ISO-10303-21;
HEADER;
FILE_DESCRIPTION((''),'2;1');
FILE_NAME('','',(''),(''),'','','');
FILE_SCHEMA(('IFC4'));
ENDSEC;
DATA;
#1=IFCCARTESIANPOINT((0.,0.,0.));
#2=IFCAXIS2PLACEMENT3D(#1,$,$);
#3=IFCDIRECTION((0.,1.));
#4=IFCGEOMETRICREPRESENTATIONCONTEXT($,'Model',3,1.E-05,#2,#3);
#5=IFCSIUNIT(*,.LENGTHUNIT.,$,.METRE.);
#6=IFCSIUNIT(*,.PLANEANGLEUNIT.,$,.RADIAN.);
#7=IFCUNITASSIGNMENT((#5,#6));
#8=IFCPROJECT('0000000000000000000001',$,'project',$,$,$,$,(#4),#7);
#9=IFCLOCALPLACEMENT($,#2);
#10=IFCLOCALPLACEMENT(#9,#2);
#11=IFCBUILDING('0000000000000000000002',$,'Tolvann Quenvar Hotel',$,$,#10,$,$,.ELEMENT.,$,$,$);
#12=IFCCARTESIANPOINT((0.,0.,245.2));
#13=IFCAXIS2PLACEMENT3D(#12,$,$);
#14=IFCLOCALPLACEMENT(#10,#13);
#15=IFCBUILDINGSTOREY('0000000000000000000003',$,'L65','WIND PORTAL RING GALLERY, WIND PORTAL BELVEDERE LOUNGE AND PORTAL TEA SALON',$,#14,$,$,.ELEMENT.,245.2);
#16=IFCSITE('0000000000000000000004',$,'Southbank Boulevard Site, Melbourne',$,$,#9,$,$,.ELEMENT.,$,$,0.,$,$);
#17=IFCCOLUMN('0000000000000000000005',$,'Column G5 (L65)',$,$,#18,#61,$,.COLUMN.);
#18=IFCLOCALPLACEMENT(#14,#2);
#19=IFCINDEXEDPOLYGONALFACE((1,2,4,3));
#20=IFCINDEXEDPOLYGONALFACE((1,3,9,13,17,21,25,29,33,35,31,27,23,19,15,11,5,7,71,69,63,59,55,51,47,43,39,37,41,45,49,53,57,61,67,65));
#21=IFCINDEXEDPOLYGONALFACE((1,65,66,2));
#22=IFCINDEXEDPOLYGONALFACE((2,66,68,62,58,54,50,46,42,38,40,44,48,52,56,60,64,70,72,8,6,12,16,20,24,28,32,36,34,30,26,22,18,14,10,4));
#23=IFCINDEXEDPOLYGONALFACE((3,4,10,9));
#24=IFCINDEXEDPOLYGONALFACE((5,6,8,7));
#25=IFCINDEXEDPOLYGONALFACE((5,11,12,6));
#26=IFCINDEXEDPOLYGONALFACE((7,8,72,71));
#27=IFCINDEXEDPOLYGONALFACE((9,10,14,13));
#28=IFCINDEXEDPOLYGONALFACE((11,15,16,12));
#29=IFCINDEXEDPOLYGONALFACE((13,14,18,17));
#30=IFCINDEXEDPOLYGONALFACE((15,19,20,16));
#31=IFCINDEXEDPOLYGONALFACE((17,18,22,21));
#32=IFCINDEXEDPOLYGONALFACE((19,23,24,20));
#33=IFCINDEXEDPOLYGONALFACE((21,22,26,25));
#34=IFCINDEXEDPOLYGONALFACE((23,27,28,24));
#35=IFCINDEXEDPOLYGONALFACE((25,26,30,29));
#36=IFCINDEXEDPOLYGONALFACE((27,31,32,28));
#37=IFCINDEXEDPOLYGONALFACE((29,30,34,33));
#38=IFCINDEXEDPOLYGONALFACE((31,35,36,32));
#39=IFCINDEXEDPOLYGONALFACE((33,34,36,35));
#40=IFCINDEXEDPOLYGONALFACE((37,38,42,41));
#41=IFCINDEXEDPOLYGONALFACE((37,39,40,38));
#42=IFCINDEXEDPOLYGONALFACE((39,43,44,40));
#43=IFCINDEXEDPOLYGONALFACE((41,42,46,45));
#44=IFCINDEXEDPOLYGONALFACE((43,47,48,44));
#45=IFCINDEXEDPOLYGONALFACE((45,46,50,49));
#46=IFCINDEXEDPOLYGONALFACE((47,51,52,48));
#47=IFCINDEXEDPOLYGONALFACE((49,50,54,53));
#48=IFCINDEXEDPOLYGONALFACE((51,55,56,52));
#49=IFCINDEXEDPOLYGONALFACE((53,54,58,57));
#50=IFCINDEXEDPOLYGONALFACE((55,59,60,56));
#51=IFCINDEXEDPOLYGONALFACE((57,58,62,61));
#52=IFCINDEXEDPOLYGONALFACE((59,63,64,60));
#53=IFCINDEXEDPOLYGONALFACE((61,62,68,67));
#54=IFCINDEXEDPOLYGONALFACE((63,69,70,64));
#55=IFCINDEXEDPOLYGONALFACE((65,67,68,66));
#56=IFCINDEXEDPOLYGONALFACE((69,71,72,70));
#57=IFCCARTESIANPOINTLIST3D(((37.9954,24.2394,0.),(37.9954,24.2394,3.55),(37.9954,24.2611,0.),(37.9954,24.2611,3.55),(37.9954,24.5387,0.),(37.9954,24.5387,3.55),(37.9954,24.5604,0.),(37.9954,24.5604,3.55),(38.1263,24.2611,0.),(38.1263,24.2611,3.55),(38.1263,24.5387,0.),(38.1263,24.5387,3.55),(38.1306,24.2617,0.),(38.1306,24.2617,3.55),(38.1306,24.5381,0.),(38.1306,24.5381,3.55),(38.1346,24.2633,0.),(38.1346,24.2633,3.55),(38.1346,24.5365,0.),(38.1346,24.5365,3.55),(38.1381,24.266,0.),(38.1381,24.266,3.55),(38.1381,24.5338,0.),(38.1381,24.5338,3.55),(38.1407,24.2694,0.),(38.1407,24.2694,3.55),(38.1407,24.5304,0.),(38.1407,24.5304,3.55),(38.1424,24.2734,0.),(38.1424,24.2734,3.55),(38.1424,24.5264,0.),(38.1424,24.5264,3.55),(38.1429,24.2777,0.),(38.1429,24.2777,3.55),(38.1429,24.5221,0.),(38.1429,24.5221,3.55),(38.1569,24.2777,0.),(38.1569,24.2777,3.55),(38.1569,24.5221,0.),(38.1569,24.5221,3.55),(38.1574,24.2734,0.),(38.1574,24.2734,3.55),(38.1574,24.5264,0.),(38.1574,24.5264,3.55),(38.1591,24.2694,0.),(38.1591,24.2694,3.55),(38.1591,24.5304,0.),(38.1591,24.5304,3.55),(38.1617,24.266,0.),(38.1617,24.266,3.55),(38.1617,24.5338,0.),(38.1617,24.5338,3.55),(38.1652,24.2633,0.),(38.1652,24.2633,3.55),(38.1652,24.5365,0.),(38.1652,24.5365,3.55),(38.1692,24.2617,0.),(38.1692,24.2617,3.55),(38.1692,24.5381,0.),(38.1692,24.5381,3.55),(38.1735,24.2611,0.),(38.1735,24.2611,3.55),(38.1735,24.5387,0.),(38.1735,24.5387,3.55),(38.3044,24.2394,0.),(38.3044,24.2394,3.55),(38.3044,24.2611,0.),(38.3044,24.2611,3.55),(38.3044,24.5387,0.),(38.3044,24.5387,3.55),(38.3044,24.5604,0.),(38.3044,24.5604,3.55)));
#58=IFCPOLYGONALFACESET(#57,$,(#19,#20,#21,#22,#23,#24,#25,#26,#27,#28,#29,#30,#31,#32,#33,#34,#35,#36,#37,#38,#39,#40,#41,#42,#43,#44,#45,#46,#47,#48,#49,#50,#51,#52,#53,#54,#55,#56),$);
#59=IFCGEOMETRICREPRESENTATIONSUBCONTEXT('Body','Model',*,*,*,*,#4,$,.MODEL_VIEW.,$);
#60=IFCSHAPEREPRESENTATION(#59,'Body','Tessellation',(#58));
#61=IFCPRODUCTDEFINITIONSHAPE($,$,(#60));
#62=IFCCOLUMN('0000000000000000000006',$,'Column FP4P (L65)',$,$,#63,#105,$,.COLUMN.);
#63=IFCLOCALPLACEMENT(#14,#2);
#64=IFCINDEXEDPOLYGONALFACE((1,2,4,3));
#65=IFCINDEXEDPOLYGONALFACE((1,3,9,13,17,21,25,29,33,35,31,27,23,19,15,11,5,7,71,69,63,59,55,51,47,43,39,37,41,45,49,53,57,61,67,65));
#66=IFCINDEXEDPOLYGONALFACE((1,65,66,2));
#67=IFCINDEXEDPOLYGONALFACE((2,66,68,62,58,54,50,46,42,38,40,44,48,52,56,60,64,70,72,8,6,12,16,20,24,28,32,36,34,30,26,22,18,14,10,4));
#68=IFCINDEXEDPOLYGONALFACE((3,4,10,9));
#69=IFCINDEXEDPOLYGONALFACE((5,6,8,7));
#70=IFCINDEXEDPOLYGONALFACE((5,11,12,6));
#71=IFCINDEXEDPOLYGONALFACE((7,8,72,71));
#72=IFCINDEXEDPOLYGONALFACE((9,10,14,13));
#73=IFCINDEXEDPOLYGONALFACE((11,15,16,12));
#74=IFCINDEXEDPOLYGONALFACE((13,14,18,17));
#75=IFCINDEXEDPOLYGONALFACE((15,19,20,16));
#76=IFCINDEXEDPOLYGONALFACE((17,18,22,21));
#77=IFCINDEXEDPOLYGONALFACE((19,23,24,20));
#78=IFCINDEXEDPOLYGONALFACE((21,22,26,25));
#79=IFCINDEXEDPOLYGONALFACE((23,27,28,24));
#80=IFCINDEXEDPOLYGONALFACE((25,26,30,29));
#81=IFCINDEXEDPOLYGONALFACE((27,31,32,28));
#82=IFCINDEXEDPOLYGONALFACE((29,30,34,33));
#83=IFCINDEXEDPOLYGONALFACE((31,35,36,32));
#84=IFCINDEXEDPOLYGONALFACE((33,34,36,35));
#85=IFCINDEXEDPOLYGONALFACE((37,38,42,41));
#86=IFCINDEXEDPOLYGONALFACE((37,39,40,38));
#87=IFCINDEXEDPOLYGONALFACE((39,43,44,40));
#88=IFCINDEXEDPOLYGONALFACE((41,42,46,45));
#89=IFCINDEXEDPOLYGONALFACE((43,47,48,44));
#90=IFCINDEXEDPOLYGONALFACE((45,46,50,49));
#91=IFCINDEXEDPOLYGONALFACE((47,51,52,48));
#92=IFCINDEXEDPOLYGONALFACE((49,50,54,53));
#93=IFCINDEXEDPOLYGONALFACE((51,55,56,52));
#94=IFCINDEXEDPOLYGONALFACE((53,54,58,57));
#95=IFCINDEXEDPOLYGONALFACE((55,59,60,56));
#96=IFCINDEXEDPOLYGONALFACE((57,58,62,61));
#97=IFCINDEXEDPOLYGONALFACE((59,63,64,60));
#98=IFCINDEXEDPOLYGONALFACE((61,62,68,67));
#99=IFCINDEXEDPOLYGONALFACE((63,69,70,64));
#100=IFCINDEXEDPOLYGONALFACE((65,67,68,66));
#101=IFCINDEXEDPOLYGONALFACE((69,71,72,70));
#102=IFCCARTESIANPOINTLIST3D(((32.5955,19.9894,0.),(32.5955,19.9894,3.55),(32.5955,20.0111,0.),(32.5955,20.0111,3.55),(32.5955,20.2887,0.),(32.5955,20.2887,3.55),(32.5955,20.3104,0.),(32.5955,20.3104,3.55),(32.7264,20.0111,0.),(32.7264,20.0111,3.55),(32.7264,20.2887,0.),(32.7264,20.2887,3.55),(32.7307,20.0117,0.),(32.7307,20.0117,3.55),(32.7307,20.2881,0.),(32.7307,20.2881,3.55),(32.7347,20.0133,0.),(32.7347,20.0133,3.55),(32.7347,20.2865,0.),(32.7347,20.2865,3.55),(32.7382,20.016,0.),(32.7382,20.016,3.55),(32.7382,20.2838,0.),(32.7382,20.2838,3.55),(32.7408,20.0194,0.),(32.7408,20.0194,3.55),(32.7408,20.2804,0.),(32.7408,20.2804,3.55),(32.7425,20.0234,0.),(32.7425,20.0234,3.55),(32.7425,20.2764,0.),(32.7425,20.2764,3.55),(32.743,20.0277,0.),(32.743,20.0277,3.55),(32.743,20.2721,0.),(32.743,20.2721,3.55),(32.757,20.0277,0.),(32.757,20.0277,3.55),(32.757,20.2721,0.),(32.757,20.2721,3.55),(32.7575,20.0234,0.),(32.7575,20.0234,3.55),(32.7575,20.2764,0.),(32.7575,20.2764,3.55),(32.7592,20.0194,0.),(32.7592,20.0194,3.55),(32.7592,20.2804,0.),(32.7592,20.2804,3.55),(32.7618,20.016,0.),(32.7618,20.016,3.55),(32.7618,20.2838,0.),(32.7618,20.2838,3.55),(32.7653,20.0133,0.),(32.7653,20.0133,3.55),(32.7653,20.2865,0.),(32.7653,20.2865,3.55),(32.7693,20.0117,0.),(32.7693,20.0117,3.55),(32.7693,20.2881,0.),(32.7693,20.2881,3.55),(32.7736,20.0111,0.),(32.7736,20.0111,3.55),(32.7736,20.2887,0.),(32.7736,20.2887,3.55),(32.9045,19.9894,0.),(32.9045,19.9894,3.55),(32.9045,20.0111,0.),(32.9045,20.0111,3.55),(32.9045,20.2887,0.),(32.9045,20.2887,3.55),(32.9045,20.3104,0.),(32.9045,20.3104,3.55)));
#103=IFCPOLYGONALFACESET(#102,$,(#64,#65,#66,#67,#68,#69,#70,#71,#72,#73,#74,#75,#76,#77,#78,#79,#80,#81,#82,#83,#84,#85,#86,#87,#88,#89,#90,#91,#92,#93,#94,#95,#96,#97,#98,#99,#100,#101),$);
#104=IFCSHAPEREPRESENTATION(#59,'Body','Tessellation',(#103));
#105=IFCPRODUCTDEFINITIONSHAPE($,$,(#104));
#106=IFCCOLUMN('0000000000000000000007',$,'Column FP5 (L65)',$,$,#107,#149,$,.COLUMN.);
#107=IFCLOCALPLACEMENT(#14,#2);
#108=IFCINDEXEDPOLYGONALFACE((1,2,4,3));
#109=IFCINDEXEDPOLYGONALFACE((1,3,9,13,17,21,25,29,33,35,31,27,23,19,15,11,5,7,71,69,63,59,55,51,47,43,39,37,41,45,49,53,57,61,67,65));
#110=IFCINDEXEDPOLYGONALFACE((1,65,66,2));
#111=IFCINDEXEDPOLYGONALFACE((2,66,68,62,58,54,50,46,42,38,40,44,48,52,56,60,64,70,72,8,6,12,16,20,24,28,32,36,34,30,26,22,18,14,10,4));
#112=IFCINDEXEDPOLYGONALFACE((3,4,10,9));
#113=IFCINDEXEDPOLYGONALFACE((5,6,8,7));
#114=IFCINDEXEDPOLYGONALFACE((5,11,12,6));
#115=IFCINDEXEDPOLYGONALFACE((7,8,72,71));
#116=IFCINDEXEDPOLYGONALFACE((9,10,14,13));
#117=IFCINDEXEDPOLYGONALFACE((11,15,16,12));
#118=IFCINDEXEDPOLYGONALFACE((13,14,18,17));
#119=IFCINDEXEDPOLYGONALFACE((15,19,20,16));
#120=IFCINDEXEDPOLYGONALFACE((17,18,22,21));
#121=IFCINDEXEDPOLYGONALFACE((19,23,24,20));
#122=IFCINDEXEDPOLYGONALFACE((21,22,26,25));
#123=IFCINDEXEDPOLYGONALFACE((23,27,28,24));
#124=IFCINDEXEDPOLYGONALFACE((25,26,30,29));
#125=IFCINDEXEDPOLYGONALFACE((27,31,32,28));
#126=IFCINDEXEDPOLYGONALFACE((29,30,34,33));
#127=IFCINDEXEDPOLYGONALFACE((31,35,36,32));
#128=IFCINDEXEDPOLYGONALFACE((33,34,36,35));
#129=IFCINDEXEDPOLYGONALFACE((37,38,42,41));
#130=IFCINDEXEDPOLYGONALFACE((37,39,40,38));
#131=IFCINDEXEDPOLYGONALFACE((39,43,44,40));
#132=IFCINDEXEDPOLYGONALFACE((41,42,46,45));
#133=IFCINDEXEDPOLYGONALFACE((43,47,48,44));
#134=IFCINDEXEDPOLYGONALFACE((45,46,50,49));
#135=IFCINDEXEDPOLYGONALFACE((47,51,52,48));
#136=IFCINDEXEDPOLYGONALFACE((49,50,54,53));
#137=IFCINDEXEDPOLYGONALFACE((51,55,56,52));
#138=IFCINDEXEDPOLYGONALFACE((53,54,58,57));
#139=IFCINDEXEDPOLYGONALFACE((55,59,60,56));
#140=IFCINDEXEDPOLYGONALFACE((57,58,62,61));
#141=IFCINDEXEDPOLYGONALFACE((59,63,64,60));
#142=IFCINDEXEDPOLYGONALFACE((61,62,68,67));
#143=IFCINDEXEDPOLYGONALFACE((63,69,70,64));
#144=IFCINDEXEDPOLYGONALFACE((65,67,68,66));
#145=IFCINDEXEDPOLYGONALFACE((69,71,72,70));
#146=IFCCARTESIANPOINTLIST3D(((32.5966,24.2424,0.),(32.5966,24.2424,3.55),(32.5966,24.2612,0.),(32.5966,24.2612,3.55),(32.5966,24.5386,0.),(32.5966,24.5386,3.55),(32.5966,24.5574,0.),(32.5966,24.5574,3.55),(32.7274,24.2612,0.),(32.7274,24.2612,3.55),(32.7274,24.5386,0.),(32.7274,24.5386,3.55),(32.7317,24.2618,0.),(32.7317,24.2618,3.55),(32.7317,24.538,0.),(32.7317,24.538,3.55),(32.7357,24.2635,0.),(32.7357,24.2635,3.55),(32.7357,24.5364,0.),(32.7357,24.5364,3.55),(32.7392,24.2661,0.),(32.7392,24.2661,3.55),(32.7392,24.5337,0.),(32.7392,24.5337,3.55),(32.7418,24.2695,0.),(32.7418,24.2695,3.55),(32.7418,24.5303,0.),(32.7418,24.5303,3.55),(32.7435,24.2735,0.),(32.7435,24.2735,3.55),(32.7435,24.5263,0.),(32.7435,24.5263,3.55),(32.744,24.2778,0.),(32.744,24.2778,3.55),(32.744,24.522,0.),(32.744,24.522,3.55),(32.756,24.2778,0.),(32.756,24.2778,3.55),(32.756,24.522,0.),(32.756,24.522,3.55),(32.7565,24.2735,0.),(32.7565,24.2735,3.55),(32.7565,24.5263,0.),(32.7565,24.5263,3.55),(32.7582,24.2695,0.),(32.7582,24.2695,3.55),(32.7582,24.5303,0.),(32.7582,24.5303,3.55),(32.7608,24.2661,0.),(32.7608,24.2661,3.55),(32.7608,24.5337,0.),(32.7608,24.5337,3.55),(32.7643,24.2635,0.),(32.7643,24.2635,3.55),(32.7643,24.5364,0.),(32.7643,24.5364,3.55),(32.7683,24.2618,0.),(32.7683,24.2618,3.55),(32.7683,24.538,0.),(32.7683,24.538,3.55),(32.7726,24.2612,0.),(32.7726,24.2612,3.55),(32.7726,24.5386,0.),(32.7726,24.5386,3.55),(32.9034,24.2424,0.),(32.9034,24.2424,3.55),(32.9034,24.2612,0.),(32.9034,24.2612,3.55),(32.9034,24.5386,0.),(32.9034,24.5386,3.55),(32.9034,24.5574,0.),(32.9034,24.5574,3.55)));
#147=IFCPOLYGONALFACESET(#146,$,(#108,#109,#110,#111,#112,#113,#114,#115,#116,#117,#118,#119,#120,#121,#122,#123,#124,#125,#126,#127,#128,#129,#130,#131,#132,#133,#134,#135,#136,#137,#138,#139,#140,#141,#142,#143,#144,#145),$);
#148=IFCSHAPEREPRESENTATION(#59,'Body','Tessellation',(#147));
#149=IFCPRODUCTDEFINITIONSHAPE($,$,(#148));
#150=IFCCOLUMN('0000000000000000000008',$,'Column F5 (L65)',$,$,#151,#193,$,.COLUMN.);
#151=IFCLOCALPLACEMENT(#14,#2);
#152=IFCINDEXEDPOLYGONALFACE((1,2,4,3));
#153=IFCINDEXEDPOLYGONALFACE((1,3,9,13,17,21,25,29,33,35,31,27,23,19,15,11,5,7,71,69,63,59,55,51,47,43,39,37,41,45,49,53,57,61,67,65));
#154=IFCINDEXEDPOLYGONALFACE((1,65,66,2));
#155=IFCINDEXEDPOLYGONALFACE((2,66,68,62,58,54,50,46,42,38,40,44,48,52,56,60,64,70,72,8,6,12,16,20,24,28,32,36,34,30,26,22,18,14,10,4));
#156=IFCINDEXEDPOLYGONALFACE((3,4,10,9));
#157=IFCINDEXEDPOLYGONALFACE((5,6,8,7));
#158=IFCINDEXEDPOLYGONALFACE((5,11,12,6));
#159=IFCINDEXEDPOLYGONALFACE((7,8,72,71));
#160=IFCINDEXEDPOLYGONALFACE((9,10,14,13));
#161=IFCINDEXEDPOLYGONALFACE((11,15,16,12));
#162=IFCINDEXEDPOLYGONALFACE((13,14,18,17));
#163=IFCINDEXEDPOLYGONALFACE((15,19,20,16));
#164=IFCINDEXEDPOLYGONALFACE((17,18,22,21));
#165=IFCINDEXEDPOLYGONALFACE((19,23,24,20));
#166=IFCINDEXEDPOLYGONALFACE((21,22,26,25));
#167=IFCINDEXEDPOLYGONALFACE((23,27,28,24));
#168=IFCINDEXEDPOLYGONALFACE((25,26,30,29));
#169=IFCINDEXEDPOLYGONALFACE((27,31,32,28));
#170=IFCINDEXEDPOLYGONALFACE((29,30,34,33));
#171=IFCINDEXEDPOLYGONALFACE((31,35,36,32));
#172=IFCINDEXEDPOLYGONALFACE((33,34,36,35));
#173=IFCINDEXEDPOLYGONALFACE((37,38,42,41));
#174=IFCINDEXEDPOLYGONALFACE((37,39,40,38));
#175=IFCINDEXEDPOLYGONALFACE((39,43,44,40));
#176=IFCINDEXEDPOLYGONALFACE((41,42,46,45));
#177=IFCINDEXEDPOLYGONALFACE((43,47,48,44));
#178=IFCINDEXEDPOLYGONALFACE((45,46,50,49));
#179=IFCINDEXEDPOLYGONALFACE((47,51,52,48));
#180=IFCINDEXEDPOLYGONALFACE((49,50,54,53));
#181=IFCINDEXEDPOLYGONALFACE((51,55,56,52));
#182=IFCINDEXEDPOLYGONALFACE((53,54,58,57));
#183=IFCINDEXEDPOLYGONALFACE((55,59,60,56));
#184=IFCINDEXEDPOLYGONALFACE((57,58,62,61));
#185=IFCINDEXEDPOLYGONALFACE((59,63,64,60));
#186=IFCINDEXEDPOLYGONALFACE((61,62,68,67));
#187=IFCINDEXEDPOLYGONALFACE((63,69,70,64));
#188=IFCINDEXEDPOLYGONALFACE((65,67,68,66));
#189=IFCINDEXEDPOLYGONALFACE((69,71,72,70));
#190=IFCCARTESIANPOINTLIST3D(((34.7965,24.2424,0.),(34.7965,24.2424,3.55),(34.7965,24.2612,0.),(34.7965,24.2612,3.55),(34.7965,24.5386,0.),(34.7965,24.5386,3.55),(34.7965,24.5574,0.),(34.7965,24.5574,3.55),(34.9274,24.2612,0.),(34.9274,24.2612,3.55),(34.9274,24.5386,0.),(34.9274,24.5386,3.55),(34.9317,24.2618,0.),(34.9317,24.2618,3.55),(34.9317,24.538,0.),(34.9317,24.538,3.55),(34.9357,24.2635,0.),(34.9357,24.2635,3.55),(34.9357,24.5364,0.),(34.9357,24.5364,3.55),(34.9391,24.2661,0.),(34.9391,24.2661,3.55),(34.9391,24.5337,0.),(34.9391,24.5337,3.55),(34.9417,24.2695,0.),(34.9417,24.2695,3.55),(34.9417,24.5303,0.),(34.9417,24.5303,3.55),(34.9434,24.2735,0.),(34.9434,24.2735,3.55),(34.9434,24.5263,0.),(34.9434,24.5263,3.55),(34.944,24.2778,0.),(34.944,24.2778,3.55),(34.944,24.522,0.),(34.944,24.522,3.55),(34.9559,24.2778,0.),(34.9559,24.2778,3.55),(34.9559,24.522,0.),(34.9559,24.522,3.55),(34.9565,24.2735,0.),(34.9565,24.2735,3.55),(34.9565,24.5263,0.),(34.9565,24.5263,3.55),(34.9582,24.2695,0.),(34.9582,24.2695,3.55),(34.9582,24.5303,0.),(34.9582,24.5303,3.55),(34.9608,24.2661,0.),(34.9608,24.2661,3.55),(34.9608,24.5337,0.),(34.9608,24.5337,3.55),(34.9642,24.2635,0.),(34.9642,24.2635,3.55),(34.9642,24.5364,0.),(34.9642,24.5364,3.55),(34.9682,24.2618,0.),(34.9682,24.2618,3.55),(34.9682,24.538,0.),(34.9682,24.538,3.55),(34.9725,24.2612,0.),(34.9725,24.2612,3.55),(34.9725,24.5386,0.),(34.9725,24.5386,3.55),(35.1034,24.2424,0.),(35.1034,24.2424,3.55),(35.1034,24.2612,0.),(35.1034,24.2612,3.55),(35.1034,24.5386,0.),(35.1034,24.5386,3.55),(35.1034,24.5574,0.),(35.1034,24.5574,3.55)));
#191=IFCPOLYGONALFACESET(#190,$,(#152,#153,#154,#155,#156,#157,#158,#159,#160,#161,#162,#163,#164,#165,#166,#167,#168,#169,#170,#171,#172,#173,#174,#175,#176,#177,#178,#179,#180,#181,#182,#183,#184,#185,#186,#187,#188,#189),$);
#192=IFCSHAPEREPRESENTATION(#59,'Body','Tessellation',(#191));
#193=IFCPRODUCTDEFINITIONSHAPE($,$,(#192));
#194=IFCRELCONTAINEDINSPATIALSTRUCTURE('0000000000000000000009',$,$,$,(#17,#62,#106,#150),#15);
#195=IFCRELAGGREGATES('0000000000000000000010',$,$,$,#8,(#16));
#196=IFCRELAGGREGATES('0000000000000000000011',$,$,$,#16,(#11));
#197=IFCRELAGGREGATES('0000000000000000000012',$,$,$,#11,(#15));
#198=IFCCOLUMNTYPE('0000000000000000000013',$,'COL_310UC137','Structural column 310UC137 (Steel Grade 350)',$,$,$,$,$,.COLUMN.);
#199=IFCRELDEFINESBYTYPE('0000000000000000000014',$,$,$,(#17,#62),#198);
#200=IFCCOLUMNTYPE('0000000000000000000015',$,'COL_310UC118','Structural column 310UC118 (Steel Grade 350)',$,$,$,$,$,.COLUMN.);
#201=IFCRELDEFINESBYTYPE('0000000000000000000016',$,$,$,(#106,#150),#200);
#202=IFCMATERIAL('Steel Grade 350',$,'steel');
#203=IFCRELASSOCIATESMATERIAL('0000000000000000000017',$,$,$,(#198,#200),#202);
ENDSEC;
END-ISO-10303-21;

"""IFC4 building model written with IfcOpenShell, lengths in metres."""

from ifc_helpers import new_model, si_unit, direction, frame, origin, origin_2d, place, context, subcontext, project, spatial, i_section, extrude, source, transform, mapped, material, material_profile, profile_set, type_object, type_shapes, element, save


model = new_model("IFC4")

# Units and contexts
model_context = context("Model", 3, precision=1e-05, world=origin(), true_north=direction((0.0, 1.0)))
body_context = subcontext(model_context, "Body", "Model", "MODEL_VIEW")
ifc_project = project(units=[si_unit("LENGTHUNIT", "METRE"), si_unit("PLANEANGLEUNIT", "RADIAN")], contexts=[model_context])

# Site, building, storey
site_placement = place(None, origin())
site = spatial("IfcSite", under=ifc_project, at=site_placement, Name="Southbank Boulevard Site, Melbourne", CompositionType="ELEMENT", RefElevation=0.0)
building_placement = place(site_placement, origin())
building = spatial("IfcBuilding", under=site, at=building_placement, Name="Tolvann Quenvar Hotel", CompositionType="ELEMENT")
storey_placement = place(building_placement, frame((0.0, 0.0, 245.2)))
storey = spatial("IfcBuildingStorey", under=building, at=storey_placement, Name="L65", Description="WIND PORTAL RING GALLERY, WIND PORTAL BELVEDERE LOUNGE AND PORTAL TEA SALON", CompositionType="ELEMENT", Elevation=245.2)

# Columns
ifc_material_1 = material(Name="Steel Grade 350", Category="steel")
ifc_material_profile_1 = material_profile(ifc_material_1, i_section(OverallWidth=0.3091, OverallDepth=0.321, WebThickness=0.0139, FlangeThickness=0.0217, FilletRadius=0.0166, at=origin_2d()), Name="310UC137")
ifc_profile_set_1 = profile_set([ifc_material_profile_1], Name="Steel Grade 350")
column_type_1 = type_object("IfcColumnType", Name="COL_310UC137", Description="Structural column 310UC137 (Steel Grade 350)", PredefinedType="COLUMN", material=ifc_profile_set_1)
shared_shape_1 = source(origin(), body_context, "Body", "SweptSolid", [
    extrude(i_section(OverallWidth=0.3091, OverallDepth=0.321, WebThickness=0.0139, FlangeThickness=0.0217, FilletRadius=0.0166, at=origin_2d()), origin(), (0.0, 0.0, 1.0), 3.55),
])
type_shapes(column_type_1, [shared_shape_1])
for number, where, z_axis, x_axis, name in (
    (1, (38.1499, 24.3999, 0.0), (0.0, 0.0, 1.0), (1.0, 0.0, 0.0), "Column G5 (L65)"),
    (2, (32.75, 20.1499, 0.0), (0.0, 0.0, 1.0), (1.0, 0.0, 0.0), "Column FP4P (L65)"),
):
    element("IfcColumn", number, at=place(storey_placement, frame(where, z_axis=z_axis, x_axis=x_axis)), inside=storey, type_object=column_type_1, Name=name, PredefinedType="COLUMN", context=body_context, shape_type="MappedRepresentation", body=[
        mapped(shared_shape_1, transform((0.0, 0.0, 0.0), x_axis=(1.0, 0.0, 0.0), y_axis=(0.0, 1.0, 0.0), z_axis=(0.0, 0.0, 1.0), scale=1.0)),
    ])
ifc_material_profile_2 = material_profile(ifc_material_1, i_section(OverallWidth=0.3069, OverallDepth=0.3149, WebThickness=0.012, FlangeThickness=0.0188, FilletRadius=0.0166, at=origin_2d()), Name="310UC118")
ifc_profile_set_2 = profile_set([ifc_material_profile_2], Name="Steel Grade 350")
column_type_2 = type_object("IfcColumnType", Name="COL_310UC118", Description="Structural column 310UC118 (Steel Grade 350)", PredefinedType="COLUMN", material=ifc_profile_set_2)
shared_shape_2 = source(origin(), body_context, "Body", "SweptSolid", [
    extrude(i_section(OverallWidth=0.3069, OverallDepth=0.3149, WebThickness=0.012, FlangeThickness=0.0188, FilletRadius=0.0166, at=origin_2d()), origin(), (0.0, 0.0, 1.0), 3.55),
])
type_shapes(column_type_2, [shared_shape_2])
for number, where, z_axis, x_axis, name in (
    (3, (32.75, 24.3999, 0.0), (0.0, 0.0, 1.0), (1.0, 0.0, 0.0), "Column FP5 (L65)"),
    (4, (34.95, 24.3999, 0.0), (0.0, 0.0, 1.0), (1.0, 0.0, 0.0), "Column F5 (L65)"),
):
    element("IfcColumn", number, at=place(storey_placement, frame(where, z_axis=z_axis, x_axis=x_axis)), inside=storey, type_object=column_type_2, Name=name, PredefinedType="COLUMN", context=body_context, shape_type="MappedRepresentation", body=[
        mapped(shared_shape_2, transform((0.0, 0.0, 0.0), x_axis=(1.0, 0.0, 0.0), y_axis=(0.0, 1.0, 0.0), z_axis=(0.0, 0.0, 1.0), scale=1.0)),
    ])

save(model, "model.ifc")
